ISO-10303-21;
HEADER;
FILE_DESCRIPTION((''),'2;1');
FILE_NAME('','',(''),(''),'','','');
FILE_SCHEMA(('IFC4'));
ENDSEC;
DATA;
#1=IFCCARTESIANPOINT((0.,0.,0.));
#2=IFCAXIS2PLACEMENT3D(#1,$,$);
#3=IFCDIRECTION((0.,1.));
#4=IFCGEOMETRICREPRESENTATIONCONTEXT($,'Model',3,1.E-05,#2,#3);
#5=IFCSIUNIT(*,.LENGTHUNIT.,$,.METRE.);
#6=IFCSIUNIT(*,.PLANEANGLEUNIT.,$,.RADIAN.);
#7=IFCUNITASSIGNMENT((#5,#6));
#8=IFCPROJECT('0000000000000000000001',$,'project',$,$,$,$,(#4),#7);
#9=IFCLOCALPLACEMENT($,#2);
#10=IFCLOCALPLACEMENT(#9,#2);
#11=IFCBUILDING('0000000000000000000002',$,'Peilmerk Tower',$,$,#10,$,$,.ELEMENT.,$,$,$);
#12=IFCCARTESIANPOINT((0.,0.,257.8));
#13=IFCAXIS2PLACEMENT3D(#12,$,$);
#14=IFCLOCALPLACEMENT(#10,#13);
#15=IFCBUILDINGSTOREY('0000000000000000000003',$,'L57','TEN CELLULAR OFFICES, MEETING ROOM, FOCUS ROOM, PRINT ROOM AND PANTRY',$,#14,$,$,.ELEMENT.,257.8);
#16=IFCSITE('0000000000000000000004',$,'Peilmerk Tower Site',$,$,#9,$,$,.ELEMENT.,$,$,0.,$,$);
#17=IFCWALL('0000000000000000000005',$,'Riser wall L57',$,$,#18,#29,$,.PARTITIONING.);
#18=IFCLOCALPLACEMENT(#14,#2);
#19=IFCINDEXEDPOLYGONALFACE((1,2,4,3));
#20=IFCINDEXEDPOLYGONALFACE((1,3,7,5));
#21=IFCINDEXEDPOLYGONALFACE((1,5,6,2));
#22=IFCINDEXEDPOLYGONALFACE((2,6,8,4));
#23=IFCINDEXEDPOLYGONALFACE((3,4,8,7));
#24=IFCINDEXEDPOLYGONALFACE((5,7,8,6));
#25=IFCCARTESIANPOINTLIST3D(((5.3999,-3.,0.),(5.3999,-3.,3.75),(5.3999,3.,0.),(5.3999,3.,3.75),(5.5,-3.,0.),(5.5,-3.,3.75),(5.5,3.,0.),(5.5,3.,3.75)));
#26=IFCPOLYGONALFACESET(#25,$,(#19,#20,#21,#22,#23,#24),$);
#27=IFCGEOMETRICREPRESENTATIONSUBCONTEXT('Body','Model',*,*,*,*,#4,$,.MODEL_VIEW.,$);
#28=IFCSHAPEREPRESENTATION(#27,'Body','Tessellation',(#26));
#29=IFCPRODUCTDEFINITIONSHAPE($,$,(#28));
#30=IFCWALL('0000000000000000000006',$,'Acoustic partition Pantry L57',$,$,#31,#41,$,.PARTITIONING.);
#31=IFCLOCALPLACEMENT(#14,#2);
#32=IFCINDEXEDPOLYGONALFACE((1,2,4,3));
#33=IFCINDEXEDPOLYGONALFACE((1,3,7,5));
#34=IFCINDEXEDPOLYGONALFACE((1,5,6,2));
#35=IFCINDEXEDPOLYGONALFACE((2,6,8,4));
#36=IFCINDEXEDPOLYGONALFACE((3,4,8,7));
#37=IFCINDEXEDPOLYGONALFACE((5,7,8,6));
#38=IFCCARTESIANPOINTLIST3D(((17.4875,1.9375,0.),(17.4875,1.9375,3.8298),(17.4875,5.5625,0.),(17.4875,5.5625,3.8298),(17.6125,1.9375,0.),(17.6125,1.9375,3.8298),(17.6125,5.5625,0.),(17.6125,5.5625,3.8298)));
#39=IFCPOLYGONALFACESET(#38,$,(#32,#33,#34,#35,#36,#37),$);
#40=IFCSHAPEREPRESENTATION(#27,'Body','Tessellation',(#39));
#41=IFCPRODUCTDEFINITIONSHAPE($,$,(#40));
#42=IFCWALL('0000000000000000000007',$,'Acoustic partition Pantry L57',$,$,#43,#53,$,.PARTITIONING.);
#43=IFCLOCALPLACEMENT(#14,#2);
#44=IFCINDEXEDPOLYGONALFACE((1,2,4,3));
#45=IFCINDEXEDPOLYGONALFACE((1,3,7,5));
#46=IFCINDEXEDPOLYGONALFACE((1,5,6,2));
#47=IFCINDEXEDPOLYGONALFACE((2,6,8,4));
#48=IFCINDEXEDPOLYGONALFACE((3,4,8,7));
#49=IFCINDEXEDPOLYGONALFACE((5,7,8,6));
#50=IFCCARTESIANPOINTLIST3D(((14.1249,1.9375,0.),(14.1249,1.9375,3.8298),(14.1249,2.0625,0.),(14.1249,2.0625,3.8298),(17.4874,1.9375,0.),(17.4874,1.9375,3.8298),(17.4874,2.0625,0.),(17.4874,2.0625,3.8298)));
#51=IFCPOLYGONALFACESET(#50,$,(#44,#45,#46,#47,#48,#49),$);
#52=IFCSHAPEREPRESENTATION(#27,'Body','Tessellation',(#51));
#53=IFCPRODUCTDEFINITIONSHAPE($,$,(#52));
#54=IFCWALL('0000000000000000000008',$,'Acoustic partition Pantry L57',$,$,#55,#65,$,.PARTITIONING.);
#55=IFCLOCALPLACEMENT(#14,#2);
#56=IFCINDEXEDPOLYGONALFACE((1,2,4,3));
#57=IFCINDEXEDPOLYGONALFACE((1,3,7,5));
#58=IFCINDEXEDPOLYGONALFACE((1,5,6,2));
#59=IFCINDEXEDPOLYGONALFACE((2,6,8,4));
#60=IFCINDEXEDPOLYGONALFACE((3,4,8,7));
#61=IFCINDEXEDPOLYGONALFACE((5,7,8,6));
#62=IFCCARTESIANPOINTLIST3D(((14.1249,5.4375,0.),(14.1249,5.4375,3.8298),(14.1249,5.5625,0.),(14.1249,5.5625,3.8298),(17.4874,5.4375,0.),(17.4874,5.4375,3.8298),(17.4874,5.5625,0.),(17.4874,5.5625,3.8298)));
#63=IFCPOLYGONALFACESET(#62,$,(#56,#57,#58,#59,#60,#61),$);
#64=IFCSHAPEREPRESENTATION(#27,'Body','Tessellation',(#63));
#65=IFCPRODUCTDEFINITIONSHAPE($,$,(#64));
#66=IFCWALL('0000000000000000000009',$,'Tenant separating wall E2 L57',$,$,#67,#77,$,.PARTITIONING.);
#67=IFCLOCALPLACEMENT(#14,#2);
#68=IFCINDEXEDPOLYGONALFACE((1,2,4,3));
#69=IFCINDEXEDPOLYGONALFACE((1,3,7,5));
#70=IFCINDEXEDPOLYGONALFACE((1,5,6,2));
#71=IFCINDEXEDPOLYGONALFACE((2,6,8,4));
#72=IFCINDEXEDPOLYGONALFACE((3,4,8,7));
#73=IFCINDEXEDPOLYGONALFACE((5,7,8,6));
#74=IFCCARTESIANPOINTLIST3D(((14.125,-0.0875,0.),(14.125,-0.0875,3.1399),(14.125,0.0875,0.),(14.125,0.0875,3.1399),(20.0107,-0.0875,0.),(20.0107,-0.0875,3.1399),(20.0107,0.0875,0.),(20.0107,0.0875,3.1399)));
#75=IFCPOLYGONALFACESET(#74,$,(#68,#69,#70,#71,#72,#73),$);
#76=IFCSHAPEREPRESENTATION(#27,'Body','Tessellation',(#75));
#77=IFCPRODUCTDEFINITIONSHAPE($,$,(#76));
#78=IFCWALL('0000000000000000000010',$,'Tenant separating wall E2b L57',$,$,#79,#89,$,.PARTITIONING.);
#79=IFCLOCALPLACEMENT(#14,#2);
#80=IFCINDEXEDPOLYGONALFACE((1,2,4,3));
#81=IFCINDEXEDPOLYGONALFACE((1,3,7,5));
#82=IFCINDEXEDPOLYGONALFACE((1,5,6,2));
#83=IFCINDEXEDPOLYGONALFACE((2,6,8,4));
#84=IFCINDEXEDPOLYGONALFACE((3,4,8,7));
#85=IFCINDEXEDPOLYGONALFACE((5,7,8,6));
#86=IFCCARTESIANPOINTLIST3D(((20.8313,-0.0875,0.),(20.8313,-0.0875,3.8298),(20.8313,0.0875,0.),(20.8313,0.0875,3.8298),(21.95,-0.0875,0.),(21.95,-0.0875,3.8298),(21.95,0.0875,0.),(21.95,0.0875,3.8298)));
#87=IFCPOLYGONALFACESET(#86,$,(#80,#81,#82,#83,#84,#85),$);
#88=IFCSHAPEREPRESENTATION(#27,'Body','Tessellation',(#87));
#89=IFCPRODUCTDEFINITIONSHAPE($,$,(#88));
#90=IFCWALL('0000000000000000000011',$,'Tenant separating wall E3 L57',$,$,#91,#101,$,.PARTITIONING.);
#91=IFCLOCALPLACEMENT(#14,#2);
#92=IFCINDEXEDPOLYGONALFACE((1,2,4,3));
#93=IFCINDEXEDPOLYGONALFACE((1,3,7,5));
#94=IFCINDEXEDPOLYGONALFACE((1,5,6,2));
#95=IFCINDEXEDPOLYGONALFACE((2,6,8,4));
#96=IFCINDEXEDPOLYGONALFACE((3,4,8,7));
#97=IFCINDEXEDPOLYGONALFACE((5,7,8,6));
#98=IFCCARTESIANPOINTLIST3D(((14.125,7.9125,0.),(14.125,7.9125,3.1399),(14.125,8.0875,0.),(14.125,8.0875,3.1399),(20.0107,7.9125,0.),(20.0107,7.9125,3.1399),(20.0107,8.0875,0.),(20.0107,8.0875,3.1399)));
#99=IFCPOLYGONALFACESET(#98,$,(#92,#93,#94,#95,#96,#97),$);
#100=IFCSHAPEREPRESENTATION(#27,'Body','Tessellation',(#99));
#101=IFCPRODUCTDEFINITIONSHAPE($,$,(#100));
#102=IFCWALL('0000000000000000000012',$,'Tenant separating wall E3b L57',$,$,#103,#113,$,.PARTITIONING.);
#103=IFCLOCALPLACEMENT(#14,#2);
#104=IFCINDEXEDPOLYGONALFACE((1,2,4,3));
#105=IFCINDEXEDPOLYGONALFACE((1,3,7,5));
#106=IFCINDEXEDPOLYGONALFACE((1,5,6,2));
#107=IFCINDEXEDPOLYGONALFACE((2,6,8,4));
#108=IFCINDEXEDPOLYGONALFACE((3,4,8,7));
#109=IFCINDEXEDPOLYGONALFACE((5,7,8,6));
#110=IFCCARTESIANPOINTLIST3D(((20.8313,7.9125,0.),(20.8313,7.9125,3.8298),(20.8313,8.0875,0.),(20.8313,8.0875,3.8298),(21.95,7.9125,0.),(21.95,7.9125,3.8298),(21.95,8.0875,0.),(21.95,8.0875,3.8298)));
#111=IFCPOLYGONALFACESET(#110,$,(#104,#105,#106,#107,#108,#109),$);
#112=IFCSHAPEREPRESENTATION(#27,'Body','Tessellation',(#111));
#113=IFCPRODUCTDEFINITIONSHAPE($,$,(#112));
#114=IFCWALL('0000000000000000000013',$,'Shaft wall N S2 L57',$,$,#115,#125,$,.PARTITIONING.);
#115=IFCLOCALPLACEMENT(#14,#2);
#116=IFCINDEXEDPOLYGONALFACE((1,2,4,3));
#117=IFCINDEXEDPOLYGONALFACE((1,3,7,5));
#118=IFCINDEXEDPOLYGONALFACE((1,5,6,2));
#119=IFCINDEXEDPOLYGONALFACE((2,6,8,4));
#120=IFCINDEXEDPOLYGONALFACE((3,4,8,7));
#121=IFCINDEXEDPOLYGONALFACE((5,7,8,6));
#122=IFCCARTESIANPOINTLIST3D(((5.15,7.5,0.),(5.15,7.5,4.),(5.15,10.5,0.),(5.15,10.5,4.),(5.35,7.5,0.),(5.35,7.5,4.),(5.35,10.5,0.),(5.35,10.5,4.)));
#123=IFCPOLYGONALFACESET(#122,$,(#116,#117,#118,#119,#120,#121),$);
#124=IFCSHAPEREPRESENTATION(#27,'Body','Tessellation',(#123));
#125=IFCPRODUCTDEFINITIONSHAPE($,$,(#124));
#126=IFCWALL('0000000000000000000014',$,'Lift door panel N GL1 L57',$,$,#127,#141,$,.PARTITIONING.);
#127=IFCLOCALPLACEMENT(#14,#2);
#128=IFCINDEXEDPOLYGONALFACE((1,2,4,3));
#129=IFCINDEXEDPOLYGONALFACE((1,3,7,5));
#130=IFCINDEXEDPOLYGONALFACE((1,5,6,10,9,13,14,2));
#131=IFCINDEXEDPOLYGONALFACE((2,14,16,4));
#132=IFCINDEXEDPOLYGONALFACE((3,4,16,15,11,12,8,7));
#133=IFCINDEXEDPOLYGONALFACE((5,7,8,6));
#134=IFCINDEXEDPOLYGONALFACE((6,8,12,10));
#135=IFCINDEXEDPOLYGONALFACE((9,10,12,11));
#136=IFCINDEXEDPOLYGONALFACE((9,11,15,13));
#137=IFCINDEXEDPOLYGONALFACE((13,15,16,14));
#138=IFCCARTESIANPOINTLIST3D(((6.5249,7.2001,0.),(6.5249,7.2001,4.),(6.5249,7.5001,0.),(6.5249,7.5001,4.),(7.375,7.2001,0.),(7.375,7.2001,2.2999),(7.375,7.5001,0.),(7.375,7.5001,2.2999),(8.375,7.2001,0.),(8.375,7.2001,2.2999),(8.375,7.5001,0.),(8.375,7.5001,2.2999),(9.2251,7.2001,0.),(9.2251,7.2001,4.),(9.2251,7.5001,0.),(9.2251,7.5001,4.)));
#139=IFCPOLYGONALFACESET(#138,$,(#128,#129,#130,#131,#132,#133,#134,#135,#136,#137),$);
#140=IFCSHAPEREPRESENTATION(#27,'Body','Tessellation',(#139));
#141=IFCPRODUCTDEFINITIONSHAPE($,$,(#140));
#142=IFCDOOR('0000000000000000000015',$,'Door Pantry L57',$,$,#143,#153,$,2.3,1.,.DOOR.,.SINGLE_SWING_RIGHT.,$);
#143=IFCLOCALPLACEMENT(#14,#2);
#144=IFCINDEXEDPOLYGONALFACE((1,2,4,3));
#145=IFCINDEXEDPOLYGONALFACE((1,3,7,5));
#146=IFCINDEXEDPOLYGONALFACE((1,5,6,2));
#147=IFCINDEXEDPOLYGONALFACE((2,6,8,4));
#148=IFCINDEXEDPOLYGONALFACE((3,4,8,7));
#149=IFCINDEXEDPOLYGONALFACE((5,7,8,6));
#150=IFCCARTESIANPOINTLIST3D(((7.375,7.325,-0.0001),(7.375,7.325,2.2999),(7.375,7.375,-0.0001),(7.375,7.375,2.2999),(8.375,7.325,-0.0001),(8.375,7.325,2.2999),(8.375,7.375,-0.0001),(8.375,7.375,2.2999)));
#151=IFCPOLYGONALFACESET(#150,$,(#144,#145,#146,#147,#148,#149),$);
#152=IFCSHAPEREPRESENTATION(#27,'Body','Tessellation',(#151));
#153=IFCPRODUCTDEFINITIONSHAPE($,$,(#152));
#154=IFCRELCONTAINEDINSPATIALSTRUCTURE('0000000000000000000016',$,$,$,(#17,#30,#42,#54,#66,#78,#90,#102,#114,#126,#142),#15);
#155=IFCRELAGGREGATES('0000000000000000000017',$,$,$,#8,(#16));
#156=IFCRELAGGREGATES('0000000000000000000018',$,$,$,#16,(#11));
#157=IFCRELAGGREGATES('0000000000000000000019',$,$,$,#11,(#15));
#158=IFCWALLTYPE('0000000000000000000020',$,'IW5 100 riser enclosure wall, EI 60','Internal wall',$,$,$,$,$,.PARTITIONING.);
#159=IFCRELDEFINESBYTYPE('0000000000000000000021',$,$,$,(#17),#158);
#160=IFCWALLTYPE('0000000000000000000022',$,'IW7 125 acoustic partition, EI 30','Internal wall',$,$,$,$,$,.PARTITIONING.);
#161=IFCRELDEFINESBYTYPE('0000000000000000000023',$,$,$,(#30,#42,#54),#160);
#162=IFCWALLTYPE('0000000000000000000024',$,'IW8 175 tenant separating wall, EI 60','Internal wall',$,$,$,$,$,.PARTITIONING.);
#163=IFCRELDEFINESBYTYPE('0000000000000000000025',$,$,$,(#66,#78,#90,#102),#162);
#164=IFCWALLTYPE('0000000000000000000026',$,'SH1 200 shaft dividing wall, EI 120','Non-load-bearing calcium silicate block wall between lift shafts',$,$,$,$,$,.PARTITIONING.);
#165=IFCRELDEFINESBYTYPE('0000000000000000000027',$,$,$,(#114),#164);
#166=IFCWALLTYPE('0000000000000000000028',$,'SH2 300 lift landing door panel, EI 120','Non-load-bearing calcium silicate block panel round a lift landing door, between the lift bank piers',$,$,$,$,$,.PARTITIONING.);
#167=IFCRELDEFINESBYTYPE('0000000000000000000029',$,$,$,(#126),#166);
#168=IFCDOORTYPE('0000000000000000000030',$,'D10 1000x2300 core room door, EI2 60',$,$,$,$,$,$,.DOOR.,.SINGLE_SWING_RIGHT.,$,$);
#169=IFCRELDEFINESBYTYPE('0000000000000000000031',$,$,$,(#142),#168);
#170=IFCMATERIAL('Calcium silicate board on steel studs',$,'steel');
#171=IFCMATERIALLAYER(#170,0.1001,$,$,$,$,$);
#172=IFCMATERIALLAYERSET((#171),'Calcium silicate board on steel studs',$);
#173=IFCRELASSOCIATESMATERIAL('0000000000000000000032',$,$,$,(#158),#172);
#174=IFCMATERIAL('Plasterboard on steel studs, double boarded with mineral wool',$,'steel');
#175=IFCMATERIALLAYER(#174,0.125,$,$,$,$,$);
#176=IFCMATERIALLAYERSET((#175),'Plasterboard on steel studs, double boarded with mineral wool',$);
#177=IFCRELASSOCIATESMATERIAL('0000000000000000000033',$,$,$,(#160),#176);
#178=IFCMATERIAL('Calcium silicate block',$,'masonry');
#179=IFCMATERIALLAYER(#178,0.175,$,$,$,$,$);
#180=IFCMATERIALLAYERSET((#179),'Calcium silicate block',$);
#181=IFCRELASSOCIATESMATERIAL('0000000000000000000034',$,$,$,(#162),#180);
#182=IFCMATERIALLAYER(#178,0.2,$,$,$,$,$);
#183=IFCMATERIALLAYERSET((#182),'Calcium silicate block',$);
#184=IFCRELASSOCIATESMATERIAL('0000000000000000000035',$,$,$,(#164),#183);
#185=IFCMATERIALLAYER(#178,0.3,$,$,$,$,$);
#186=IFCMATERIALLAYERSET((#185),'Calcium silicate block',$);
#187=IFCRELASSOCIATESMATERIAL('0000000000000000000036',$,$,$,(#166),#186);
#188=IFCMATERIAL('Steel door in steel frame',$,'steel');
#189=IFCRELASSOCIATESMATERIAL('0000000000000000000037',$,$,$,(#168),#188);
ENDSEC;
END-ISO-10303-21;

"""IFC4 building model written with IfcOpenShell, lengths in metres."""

from ifc_helpers import new_model, si_unit, direction, frame, frame_2d, origin, place, context, subcontext, project, spatial, rectangle, extrude, material, layer, layer_set, type_object, element, fill, save


model = new_model("IFC4")

# Units and contexts
model_context = context("Model", 3, precision=1e-05, world=origin(), true_north=direction((0.0, 1.0)))
body_context = subcontext(model_context, "Body", "Model", "MODEL_VIEW")
ifc_project = project(units=[si_unit("LENGTHUNIT", "METRE"), si_unit("PLANEANGLEUNIT", "RADIAN")], contexts=[model_context])

# Site, building, storey
site_placement = place(None, origin())
site = spatial("IfcSite", under=ifc_project, at=site_placement, Name="Peilmerk Tower Site", CompositionType="ELEMENT", RefElevation=0.0)
building_placement = place(site_placement, origin())
building = spatial("IfcBuilding", under=site, at=building_placement, Name="Peilmerk Tower", CompositionType="ELEMENT")
storey_placement = place(building_placement, frame((0.0, 0.0, 257.8)))
storey = spatial("IfcBuildingStorey", under=building, at=storey_placement, Name="L57", Description="TEN CELLULAR OFFICES, MEETING ROOM, FOCUS ROOM, PRINT ROOM AND PANTRY", CompositionType="ELEMENT", Elevation=257.8)

# Walls
ifc_material_1 = material(Name="Calcium silicate board on steel studs", Category="steel")
ifc_layer_1 = layer(ifc_material_1, 0.1001)
ifc_layer_set_1 = layer_set([ifc_layer_1], Name="Calcium silicate board on steel studs")
wall_type_1 = type_object("IfcWallType", Name="IW5 100 riser enclosure wall, EI 60", Description="Internal wall", PredefinedType="PARTITIONING", material=ifc_layer_set_1)
wall_1_placement = place(storey_placement, frame((5.45, 3.0, 0.0), z_axis=(0.0, 0.0, 1.0), x_axis=(0.0, -1.0, 0.0)))
element("IfcWall", 1, at=wall_1_placement, inside=storey, type_object=wall_type_1, Name="Riser wall L57", PredefinedType="PARTITIONING", context=body_context, shape_type="SweptSolid", body=[
    extrude(rectangle(XDim=6.0, YDim=0.1001, at=frame_2d((3.0, 0.0))), origin(), (0.0, 0.0, 1.0), 3.75),
])
ifc_material_2 = material(Name="Plasterboard on steel studs, double boarded with mineral wool", Category="steel")
ifc_layer_2 = layer(ifc_material_2, 0.125)
ifc_layer_set_2 = layer_set([ifc_layer_2], Name="Plasterboard on steel studs, double boarded with mineral wool")
wall_type_2 = type_object("IfcWallType", Name="IW7 125 acoustic partition, EI 30", Description="Internal wall", PredefinedType="PARTITIONING", material=ifc_layer_set_2)
wall_2_placement = place(storey_placement, frame((17.55, 1.9375, 0.0), z_axis=(0.0, 0.0, 1.0), x_axis=(0.0, 1.0, 0.0)))
element("IfcWall", 2, at=wall_2_placement, inside=storey, type_object=wall_type_2, Name="Acoustic partition Pantry L57", PredefinedType="PARTITIONING", context=body_context, shape_type="SweptSolid", body=[
    extrude(rectangle(XDim=3.625, YDim=0.125, at=frame_2d((1.8125, 0.0))), origin(), (0.0, 0.0, 1.0), 3.8298),
])
for number, where, z_axis, x_axis, name in (
    (3, (14.125, 2.0, 0.0), (0.0, 0.0, 1.0), (1.0, 0.0, 0.0), "Acoustic partition Pantry L57"),
    (4, (14.125, 5.5, 0.0), (0.0, 0.0, 1.0), (1.0, 0.0, 0.0), "Acoustic partition Pantry L57"),
):
    element("IfcWall", number, at=place(storey_placement, frame(where, z_axis=z_axis, x_axis=x_axis)), inside=storey, type_object=wall_type_2, Name=name, PredefinedType="PARTITIONING", context=body_context, shape_type="SweptSolid", body=[
        extrude(rectangle(XDim=3.3625, YDim=0.125, at=frame_2d((1.6812, 0.0))), origin(), (0.0, 0.0, 1.0), 3.8298),
    ])
ifc_material_3 = material(Name="Calcium silicate block", Category="masonry")
ifc_layer_3 = layer(ifc_material_3, 0.175)
ifc_layer_set_3 = layer_set([ifc_layer_3], Name="Calcium silicate block")
wall_type_3 = type_object("IfcWallType", Name="IW8 175 tenant separating wall, EI 60", Description="Internal wall", PredefinedType="PARTITIONING", material=ifc_layer_set_3)
wall_3_placement = place(storey_placement, frame((14.125, 0.0, 0.0), z_axis=(0.0, 0.0, 1.0), x_axis=(1.0, 0.0, 0.0)))
element("IfcWall", 5, at=wall_3_placement, inside=storey, type_object=wall_type_3, Name="Tenant separating wall E2 L57", PredefinedType="PARTITIONING", context=body_context, shape_type="SweptSolid", body=[
    extrude(rectangle(XDim=5.8857, YDim=0.175, at=frame_2d((2.9429, 0.0))), origin(), (0.0, 0.0, 1.0), 3.1399),
])
wall_4_placement = place(storey_placement, frame((20.8313, 0.0, 0.0), z_axis=(0.0, 0.0, 1.0), x_axis=(1.0, 0.0, 0.0)))
element("IfcWall", 6, at=wall_4_placement, inside=storey, type_object=wall_type_3, Name="Tenant separating wall E2b L57", PredefinedType="PARTITIONING", context=body_context, shape_type="SweptSolid", body=[
    extrude(rectangle(XDim=1.1187, YDim=0.175, at=frame_2d((0.5593, 0.0))), origin(), (0.0, 0.0, 1.0), 3.8298),
])
wall_5_placement = place(storey_placement, frame((14.125, 8.0, 0.0), z_axis=(0.0, 0.0, 1.0), x_axis=(1.0, 0.0, 0.0)))
element("IfcWall", 7, at=wall_5_placement, inside=storey, type_object=wall_type_3, Name="Tenant separating wall E3 L57", PredefinedType="PARTITIONING", context=body_context, shape_type="SweptSolid", body=[
    extrude(rectangle(XDim=5.8857, YDim=0.175, at=frame_2d((2.9429, 0.0))), origin(), (0.0, 0.0, 1.0), 3.1399),
])
wall_6_placement = place(storey_placement, frame((20.8313, 8.0, 0.0), z_axis=(0.0, 0.0, 1.0), x_axis=(1.0, 0.0, 0.0)))
element("IfcWall", 8, at=wall_6_placement, inside=storey, type_object=wall_type_3, Name="Tenant separating wall E3b L57", PredefinedType="PARTITIONING", context=body_context, shape_type="SweptSolid", body=[
    extrude(rectangle(XDim=1.1187, YDim=0.175, at=frame_2d((0.5593, 0.0))), origin(), (0.0, 0.0, 1.0), 3.8298),
])
ifc_layer_4 = layer(ifc_material_3, 0.2)
ifc_layer_set_4 = layer_set([ifc_layer_4], Name="Calcium silicate block")
wall_type_4 = type_object("IfcWallType", Name="SH1 200 shaft dividing wall, EI 120", Description="Non-load-bearing calcium silicate block wall between lift shafts", PredefinedType="PARTITIONING", material=ifc_layer_set_4)
wall_7_placement = place(storey_placement, frame((5.25, 7.5, 0.0), z_axis=(0.0, 0.0, 1.0), x_axis=(0.0, 1.0, 0.0)))
element("IfcWall", 9, at=wall_7_placement, inside=storey, type_object=wall_type_4, Name="Shaft wall N S2 L57", PredefinedType="PARTITIONING", context=body_context, shape_type="SweptSolid", body=[
    extrude(rectangle(XDim=3.0, YDim=0.2, at=frame_2d((1.5, 0.0))), origin(), (0.0, 0.0, 1.0), 4.0),
])

# Wall, opening, door
ifc_layer_5 = layer(ifc_material_3, 0.3)
ifc_layer_set_5 = layer_set([ifc_layer_5], Name="Calcium silicate block")
wall_type_5 = type_object("IfcWallType", Name="SH2 300 lift landing door panel, EI 120", Description="Non-load-bearing calcium silicate block panel round a lift landing door, between the lift bank piers", PredefinedType="PARTITIONING", material=ifc_layer_set_5)
wall_8_placement = place(storey_placement, frame((6.5249, 7.3501, 0.0), z_axis=(0.0, 0.0, 1.0), x_axis=(1.0, 0.0, 0.0)))
wall_8 = element("IfcWall", 10, at=wall_8_placement, inside=storey, type_object=wall_type_5, Name="Lift door panel N GL1 L57", PredefinedType="PARTITIONING", context=body_context, shape_type="SweptSolid", body=[
    extrude(rectangle(XDim=2.7002, YDim=0.3, at=frame_2d((1.3501, 0.0))), origin(), (0.0, 0.0, 1.0), 4.0),
])
opening_1_placement = place(wall_8_placement, frame((0.8501, 0.0, 0.0)))
opening_1 = element("IfcOpeningElement", 11, at=opening_1_placement, cuts=wall_8, PredefinedType="OPENING", context=body_context, shape_type="SweptSolid", body=[
    extrude(rectangle(XDim=1.0, YDim=2.3, at=frame_2d((0.5, 1.1499))), frame((0.0, 0.1599, 0.0), z_axis=(0.0, -1.0, 0.0), x_axis=(1.0, 0.0, 0.0)), (0.0, 0.0, 1.0), 0.3201),
])
ifc_material_4 = material(Name="Steel door in steel frame", Category="steel")
door_type_1 = type_object("IfcDoorType", Name="D10 1000x2300 core room door, EI2 60", OperationType="SINGLE_SWING_RIGHT", PredefinedType="DOOR", material=ifc_material_4)
door_1_placement = place(opening_1_placement, origin())
door_1 = element("IfcDoor", 12, at=door_1_placement, inside=storey, type_object=door_type_1, Name="Door Pantry L57", OperationType="SINGLE_SWING_RIGHT", OverallHeight=2.3, OverallWidth=1.0, PredefinedType="DOOR", context=body_context, shape_type="SweptSolid", body=[
    extrude(rectangle(XDim=1.0, YDim=2.3, at=frame_2d((0.5, 1.1499))), frame((0.0, 0.0249, 0.0), z_axis=(0.0, -1.0, 0.0), x_axis=(1.0, 0.0, 0.0)), (0.0, 0.0, 1.0), 0.05),
])
fill(opening_1, door_1)

save(model, "model.ifc")
